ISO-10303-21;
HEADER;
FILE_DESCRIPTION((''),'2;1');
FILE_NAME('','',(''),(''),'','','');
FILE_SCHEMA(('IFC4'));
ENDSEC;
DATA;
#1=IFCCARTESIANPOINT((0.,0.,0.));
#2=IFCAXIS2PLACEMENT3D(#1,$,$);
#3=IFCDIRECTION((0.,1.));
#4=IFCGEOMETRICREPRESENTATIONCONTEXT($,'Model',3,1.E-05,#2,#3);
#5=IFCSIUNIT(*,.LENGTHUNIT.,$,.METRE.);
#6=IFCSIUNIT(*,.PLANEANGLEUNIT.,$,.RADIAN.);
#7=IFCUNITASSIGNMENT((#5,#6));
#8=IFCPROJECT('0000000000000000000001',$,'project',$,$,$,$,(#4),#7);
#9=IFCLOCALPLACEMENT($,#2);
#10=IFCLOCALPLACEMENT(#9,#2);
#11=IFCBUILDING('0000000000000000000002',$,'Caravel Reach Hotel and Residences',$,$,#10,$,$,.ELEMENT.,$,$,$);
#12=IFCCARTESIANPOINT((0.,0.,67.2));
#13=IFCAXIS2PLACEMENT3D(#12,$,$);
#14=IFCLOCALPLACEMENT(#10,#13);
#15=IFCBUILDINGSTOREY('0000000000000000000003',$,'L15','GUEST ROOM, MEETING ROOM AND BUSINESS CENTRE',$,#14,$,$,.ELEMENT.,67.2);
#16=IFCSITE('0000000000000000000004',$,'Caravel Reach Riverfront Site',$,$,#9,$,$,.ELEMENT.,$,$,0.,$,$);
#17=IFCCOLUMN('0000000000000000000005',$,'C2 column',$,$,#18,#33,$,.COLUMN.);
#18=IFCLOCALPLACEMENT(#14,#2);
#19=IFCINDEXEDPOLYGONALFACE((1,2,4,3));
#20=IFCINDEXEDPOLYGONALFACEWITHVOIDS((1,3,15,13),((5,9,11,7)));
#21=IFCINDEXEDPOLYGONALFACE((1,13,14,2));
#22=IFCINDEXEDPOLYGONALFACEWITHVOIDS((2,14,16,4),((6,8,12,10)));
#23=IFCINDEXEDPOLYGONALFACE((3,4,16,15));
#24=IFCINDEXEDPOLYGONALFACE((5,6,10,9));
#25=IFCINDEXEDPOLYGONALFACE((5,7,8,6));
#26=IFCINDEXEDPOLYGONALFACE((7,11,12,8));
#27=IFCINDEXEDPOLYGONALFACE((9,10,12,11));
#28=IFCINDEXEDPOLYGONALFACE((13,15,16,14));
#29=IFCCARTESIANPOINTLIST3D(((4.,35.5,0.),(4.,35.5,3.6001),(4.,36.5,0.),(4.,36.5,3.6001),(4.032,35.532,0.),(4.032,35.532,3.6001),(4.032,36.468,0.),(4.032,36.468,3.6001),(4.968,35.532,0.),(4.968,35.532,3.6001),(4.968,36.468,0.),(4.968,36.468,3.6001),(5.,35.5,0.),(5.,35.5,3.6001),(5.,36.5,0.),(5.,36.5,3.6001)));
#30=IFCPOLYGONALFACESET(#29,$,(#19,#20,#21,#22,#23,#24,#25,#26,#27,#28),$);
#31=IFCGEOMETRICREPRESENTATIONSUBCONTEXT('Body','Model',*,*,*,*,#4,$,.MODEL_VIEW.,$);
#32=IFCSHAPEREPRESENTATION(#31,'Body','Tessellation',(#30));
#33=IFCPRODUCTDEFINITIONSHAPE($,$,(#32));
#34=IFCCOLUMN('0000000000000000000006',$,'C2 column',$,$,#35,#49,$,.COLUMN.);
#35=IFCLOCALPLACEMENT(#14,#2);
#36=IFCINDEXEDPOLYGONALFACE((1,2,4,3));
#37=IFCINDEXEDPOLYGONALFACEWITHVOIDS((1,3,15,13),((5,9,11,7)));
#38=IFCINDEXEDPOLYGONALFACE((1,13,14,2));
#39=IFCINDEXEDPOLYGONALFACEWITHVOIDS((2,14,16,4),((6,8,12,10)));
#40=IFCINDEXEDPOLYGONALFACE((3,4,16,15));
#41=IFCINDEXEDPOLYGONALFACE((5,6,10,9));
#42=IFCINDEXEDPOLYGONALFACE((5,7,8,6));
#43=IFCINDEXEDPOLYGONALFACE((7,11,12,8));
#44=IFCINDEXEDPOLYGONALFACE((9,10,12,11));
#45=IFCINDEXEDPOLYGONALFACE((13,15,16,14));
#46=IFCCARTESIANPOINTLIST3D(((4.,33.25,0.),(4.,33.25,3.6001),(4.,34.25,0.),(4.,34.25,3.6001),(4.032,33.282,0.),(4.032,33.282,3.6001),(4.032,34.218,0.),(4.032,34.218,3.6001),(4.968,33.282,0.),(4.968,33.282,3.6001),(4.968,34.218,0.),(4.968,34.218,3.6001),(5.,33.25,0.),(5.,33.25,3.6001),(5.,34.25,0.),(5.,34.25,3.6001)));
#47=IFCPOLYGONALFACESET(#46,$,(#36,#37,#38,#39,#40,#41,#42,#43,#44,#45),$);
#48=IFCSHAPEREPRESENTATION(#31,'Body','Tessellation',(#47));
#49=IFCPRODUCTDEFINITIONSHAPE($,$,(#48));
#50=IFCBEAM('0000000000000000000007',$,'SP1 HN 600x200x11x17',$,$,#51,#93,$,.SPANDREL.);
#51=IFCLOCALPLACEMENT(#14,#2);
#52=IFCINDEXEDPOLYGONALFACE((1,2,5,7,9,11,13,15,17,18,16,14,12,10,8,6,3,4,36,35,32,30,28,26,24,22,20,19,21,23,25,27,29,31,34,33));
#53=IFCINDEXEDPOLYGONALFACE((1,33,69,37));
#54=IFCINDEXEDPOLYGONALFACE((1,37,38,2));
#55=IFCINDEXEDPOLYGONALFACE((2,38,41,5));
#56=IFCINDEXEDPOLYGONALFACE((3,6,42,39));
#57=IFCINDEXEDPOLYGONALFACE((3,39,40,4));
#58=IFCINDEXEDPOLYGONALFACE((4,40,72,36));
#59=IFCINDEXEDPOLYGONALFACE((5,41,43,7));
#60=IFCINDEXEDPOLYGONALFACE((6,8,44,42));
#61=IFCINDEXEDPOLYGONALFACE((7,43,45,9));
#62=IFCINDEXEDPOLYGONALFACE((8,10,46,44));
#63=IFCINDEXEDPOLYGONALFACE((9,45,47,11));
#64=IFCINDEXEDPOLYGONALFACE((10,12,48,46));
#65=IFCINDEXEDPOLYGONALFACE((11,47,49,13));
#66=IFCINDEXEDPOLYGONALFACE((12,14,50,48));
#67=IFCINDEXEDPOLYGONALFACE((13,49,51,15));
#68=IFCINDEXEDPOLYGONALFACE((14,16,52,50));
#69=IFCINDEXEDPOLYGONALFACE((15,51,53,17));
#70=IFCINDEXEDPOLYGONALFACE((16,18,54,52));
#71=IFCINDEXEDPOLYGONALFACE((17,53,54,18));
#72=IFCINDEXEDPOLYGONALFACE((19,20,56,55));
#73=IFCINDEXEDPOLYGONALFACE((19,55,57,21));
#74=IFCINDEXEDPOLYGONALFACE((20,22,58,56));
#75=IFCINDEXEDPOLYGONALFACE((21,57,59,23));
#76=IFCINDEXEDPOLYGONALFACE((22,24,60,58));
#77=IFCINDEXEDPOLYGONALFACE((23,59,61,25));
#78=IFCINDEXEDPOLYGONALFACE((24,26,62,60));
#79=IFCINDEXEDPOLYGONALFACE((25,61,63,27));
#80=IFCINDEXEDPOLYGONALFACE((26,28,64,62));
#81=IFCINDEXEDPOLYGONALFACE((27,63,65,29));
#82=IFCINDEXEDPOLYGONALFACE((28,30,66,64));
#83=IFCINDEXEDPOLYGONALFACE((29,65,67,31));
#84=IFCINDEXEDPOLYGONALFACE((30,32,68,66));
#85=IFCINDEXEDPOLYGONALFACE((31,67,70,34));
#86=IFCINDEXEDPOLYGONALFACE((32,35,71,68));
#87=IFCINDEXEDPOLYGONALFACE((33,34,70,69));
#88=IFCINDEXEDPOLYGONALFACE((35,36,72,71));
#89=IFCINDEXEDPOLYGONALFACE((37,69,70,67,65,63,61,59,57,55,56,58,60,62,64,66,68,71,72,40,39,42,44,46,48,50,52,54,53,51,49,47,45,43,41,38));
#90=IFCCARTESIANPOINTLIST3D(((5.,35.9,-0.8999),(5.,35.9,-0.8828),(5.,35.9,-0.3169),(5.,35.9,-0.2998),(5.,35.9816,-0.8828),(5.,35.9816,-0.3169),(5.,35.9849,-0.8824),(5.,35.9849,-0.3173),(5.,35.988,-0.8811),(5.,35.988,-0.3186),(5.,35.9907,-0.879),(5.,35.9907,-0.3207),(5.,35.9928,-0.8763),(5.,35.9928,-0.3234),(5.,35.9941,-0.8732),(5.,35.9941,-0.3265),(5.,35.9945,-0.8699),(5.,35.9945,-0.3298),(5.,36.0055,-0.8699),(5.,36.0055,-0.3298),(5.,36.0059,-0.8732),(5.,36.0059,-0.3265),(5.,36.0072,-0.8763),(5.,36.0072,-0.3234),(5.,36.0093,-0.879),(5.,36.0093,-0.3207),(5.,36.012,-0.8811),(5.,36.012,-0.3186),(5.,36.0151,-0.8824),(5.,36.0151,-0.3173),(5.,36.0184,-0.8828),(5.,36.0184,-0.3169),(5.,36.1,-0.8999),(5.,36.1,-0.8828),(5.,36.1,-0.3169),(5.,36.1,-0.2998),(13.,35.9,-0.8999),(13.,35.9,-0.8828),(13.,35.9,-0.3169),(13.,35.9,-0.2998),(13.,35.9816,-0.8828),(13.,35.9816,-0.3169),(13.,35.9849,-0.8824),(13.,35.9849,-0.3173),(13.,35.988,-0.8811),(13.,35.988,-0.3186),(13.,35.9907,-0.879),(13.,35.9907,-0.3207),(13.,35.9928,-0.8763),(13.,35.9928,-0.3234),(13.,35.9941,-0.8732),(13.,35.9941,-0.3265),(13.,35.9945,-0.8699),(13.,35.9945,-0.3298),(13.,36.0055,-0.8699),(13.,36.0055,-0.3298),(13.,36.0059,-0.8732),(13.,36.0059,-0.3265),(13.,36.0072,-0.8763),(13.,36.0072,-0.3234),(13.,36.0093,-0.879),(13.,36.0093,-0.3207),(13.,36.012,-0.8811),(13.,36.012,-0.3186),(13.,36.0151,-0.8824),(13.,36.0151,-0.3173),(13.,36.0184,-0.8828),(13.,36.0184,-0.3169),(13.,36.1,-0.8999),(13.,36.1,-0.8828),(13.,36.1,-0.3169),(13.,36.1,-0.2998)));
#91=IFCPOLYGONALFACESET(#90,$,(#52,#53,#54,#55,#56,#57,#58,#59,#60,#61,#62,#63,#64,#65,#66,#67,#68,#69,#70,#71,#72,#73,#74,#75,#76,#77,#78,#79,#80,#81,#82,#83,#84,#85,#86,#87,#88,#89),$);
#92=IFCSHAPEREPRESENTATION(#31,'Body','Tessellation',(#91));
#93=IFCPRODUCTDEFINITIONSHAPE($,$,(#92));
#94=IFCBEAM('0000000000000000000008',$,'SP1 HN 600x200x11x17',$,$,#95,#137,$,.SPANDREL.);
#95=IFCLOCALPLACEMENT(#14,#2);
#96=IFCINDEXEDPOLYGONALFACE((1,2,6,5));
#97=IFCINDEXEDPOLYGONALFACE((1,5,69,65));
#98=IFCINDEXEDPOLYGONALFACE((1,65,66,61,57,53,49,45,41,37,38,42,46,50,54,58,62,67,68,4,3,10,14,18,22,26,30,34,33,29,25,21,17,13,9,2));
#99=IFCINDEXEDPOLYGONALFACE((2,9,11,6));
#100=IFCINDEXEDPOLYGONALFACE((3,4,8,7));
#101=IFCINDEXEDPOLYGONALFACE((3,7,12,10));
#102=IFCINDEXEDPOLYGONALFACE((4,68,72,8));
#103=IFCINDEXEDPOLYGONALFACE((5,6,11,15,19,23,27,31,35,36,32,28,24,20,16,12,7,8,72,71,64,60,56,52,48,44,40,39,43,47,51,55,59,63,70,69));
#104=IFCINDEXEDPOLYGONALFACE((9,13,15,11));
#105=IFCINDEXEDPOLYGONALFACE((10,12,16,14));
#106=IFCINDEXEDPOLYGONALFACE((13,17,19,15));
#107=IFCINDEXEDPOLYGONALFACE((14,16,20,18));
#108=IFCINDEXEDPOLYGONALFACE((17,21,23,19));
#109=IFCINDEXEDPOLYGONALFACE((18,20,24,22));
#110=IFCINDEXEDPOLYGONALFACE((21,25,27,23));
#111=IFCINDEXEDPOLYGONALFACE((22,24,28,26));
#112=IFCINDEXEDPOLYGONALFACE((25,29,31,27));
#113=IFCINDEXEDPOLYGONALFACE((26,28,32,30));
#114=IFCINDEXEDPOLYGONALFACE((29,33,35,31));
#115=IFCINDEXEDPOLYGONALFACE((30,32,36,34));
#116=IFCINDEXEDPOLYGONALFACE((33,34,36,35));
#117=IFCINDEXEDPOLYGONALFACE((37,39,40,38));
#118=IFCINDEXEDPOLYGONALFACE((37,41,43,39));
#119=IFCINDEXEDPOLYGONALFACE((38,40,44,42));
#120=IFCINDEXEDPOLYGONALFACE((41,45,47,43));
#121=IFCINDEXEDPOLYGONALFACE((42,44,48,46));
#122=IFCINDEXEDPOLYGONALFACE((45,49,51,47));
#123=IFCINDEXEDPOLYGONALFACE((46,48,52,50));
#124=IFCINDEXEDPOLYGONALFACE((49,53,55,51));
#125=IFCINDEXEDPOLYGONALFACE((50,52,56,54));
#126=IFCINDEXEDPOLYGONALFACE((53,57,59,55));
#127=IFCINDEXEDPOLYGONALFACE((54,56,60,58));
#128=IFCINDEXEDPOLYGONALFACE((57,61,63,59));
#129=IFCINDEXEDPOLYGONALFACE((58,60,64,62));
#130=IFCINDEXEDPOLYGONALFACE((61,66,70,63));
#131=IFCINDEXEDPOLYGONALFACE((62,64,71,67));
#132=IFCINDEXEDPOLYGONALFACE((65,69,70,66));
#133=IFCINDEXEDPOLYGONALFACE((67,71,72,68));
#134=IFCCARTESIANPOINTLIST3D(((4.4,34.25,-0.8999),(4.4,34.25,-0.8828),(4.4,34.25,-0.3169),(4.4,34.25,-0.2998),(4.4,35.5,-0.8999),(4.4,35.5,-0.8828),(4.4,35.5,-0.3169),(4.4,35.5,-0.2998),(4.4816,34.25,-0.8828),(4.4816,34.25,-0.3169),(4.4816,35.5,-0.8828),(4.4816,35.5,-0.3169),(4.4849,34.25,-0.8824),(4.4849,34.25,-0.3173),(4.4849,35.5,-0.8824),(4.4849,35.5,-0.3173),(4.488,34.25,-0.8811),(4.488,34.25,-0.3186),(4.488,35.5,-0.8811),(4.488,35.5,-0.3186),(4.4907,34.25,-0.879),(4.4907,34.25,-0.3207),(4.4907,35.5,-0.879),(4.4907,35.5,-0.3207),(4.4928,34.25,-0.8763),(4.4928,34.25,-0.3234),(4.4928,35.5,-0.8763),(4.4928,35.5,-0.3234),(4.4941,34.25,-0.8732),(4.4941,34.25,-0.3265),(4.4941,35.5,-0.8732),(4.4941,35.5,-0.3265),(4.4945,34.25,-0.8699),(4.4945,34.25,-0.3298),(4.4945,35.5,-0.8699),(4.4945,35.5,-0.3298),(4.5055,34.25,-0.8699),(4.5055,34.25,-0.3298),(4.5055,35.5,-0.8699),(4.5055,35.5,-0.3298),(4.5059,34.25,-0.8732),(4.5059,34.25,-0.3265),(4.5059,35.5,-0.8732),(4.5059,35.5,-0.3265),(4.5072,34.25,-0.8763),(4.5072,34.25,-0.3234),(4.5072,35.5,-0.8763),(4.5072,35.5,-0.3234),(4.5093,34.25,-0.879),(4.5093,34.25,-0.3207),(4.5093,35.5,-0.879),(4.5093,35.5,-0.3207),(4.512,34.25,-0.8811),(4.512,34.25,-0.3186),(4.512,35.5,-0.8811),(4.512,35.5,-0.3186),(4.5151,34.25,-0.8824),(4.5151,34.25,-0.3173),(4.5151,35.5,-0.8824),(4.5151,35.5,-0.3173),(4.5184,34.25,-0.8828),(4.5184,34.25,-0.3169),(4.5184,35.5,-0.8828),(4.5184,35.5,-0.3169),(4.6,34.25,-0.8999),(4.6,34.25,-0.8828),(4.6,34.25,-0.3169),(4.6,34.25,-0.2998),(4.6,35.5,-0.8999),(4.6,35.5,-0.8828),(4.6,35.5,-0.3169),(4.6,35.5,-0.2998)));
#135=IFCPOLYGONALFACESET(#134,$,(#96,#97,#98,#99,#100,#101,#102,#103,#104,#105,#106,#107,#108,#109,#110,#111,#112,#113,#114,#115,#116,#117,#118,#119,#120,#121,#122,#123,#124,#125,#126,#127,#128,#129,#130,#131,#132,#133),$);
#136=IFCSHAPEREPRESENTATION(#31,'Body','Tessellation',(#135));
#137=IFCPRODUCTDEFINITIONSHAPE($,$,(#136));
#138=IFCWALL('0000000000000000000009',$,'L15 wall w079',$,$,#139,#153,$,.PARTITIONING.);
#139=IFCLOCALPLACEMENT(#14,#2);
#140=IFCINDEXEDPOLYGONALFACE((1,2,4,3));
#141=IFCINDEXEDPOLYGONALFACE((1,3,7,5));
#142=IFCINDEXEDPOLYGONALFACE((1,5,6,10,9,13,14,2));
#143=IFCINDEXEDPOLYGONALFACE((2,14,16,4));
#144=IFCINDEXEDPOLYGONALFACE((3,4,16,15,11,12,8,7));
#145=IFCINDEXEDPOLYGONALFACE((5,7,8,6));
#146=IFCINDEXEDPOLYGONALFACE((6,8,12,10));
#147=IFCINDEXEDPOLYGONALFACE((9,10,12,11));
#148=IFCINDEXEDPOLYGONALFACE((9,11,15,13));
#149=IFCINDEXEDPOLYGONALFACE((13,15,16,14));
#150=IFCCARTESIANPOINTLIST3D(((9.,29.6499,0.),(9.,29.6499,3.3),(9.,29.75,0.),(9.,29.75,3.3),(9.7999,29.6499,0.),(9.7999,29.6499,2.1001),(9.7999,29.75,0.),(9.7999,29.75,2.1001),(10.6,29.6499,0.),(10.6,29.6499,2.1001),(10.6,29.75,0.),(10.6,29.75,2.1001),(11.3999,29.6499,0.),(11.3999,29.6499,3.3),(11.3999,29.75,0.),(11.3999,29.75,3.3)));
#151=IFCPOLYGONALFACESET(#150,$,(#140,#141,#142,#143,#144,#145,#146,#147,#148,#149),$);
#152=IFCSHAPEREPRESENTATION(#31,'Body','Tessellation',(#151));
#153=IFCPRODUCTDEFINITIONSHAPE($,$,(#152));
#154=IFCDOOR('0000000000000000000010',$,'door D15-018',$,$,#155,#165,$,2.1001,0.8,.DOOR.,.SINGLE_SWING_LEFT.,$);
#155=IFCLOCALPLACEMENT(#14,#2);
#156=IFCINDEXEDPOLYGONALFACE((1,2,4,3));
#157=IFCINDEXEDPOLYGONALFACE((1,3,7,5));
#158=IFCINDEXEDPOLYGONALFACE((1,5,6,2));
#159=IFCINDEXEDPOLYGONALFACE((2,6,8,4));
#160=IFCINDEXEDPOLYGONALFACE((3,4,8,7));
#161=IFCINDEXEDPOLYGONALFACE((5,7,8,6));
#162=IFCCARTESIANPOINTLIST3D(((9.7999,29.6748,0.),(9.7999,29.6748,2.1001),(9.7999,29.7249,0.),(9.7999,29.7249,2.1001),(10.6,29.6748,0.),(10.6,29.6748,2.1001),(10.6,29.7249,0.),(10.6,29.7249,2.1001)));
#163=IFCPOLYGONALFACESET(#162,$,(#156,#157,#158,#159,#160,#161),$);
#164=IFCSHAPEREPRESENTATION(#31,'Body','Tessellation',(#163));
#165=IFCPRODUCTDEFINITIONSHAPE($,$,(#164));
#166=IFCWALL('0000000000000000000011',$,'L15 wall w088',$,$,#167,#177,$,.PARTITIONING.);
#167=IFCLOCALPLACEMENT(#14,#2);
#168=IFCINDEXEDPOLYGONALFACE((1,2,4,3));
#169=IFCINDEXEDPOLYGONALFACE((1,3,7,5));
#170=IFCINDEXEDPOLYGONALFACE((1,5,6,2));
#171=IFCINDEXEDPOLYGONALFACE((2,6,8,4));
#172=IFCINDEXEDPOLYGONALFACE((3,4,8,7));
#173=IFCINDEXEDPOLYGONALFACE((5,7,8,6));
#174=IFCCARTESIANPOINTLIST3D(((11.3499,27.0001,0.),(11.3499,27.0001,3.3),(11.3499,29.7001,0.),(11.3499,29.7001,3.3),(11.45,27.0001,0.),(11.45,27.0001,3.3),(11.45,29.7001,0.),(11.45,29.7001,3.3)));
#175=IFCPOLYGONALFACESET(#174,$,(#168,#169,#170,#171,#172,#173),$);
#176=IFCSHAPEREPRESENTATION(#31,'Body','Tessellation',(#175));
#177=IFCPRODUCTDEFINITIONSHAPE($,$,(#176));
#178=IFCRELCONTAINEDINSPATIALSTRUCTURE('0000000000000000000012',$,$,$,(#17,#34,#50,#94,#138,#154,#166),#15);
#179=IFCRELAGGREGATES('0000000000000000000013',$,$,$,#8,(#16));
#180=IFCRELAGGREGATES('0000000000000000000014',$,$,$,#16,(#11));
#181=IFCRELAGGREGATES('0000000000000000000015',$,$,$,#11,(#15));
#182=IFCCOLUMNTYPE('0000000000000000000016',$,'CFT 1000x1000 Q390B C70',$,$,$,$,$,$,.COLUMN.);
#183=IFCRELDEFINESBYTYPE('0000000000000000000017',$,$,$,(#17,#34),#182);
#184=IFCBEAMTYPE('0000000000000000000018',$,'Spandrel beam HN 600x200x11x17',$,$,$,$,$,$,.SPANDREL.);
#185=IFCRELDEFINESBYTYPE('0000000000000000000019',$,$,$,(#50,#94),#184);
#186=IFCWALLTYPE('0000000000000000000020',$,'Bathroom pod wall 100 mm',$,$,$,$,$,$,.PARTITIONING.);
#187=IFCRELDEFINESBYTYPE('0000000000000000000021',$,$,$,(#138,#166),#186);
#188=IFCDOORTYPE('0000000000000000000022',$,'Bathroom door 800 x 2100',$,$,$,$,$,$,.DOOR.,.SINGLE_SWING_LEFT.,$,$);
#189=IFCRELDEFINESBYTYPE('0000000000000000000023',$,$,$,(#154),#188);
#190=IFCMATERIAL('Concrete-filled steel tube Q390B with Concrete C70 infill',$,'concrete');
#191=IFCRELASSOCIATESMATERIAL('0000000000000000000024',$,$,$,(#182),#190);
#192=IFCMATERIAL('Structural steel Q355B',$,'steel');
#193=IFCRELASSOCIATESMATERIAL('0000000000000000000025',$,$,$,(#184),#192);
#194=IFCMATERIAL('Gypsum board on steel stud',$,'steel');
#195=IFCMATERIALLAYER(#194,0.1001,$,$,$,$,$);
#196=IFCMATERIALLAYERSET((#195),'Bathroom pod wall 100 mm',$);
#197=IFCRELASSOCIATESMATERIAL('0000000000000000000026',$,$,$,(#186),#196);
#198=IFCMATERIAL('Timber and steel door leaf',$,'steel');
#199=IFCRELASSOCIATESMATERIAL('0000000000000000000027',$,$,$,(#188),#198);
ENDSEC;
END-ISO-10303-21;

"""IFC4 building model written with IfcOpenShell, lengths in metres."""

from ifc_helpers import new_model, si_unit, direction, frame, frame_2d, origin, origin_2d, place, context, subcontext, project, spatial, rectangle, hollow_rectangle, i_section, extrude, material, layer, layer_set, material_profile, profile_set, type_object, element, fill, save


model = new_model("IFC4")

# Units and contexts
model_context = context("Model", 3, precision=1e-05, world=origin(), true_north=direction((0.0, 1.0)))
body_context = subcontext(model_context, "Body", "Model", "MODEL_VIEW")
ifc_project = project(units=[si_unit("LENGTHUNIT", "METRE"), si_unit("PLANEANGLEUNIT", "RADIAN")], contexts=[model_context])

# Site, building, storey
site_placement = place(None, origin())
site = spatial("IfcSite", under=ifc_project, at=site_placement, Name="Caravel Reach Riverfront Site", CompositionType="ELEMENT", RefElevation=0.0)
building_placement = place(site_placement, origin())
building = spatial("IfcBuilding", under=site, at=building_placement, Name="Caravel Reach Hotel and Residences", CompositionType="ELEMENT")
storey_placement = place(building_placement, frame((0.0, 0.0, 67.2)))
storey = spatial("IfcBuildingStorey", under=building, at=storey_placement, Name="L15", Description="GUEST ROOM, MEETING ROOM AND BUSINESS CENTRE", CompositionType="ELEMENT", Elevation=67.2)

# Columns
ifc_material_1 = material(Name="Concrete-filled steel tube Q390B with Concrete C70 infill", Category="concrete")
ifc_material_profile_1 = material_profile(ifc_material_1, hollow_rectangle(XDim=1.0, YDim=1.0, WallThickness=0.032, at=origin_2d()), Name="RHS 1000x1000x32")
ifc_profile_set_1 = profile_set([ifc_material_profile_1], Name="Concrete-filled steel tube Q390B with Concrete C70 infill")
column_type = type_object("IfcColumnType", Name="CFT 1000x1000 Q390B C70", PredefinedType="COLUMN", material=ifc_profile_set_1)
for number, where, z_axis, x_axis, name in (
    (1, (4.5, 36.0, 0.0), (0.0, 0.0, 1.0), (1.0, 0.0, 0.0), "C2 column"),
    (2, (4.5, 33.75, 0.0), (0.0, 0.0, 1.0), (1.0, 0.0, 0.0), "C2 column"),
):
    element("IfcColumn", number, at=place(storey_placement, frame(where, z_axis=z_axis, x_axis=x_axis)), inside=storey, type_object=column_type, Name=name, PredefinedType="COLUMN", context=body_context, shape_type="SweptSolid", body=[
        extrude(hollow_rectangle(XDim=1.0, YDim=1.0, WallThickness=0.032, at=origin_2d()), origin(), (0.0, 0.0, 1.0), 3.6001),
    ])

# Beams
ifc_material_2 = material(Name="Structural steel Q355B", Category="steel")
ifc_material_profile_2 = material_profile(ifc_material_2, i_section(OverallWidth=0.2, OverallDepth=0.6001, WebThickness=0.011, FlangeThickness=0.0171, FilletRadius=0.0129, at=origin_2d()), Name="HN 600x200x11x17")
ifc_profile_set_2 = profile_set([ifc_material_profile_2], Name="Structural steel Q355B")
beam_type = type_object("IfcBeamType", Name="Spandrel beam HN 600x200x11x17", PredefinedType="SPANDREL", material=ifc_profile_set_2)
beam_1_placement = place(storey_placement, frame((13.0, 36.0, -0.5999), z_axis=(-1.0, 0.0, 0.0), x_axis=(0.0, -1.0, 0.0)))
element("IfcBeam", 3, at=beam_1_placement, inside=storey, type_object=beam_type, Name="SP1 HN 600x200x11x17", PredefinedType="SPANDREL", context=body_context, shape_type="SweptSolid", body=[
    extrude(i_section(OverallWidth=0.2, OverallDepth=0.6001, WebThickness=0.011, FlangeThickness=0.0171, FilletRadius=0.0129, at=origin_2d()), origin(), (0.0, 0.0, 1.0), 8.0),
])
beam_2_placement = place(storey_placement, frame((4.5, 35.5, -0.5999), z_axis=(0.0, -1.0, 0.0), x_axis=(1.0, 0.0, 0.0)))
element("IfcBeam", 4, at=beam_2_placement, inside=storey, type_object=beam_type, Name="SP1 HN 600x200x11x17", PredefinedType="SPANDREL", context=body_context, shape_type="SweptSolid", body=[
    extrude(i_section(OverallWidth=0.2, OverallDepth=0.6001, WebThickness=0.011, FlangeThickness=0.0171, FilletRadius=0.0129, at=origin_2d()), origin(), (0.0, 0.0, 1.0), 1.25),
])

# Wall, opening, door
ifc_material_3 = material(Name="Gypsum board on steel stud", Category="steel")
ifc_layer_1 = layer(ifc_material_3, 0.1001)
ifc_layer_set_1 = layer_set([ifc_layer_1], Name="Bathroom pod wall 100 mm")
wall_type_1 = type_object("IfcWallType", Name="Bathroom pod wall 100 mm", PredefinedType="PARTITIONING", material=ifc_layer_set_1)
wall_1_placement = place(storey_placement, frame((9.0, 29.7, 0.0), z_axis=(0.0, 0.0, 1.0), x_axis=(1.0, 0.0, 0.0)))
wall_1 = element("IfcWall", 5, at=wall_1_placement, inside=storey, type_object=wall_type_1, Name="L15 wall w079", PredefinedType="PARTITIONING", context=body_context, shape_type="SweptSolid", body=[
    extrude(rectangle(XDim=2.3999, YDim=0.1001, at=frame_2d((1.2, 0.0))), origin(), (0.0, 0.0, 1.0), 3.3),
])
opening_1_placement = place(wall_1_placement, frame((0.8, 0.0, 0.0)))
opening_1 = element("IfcOpeningElement", 6, at=opening_1_placement, cuts=wall_1, PredefinedType="OPENING", context=body_context, shape_type="SweptSolid", body=[
    extrude(rectangle(XDim=0.8, YDim=2.1001, at=frame_2d((0.3999, 1.05))), frame((0.0, 0.0601, 0.0), z_axis=(0.0, -1.0, 0.0), x_axis=(1.0, 0.0, 0.0)), (0.0, 0.0, 1.0), 0.1201),
])
ifc_material_4 = material(Name="Timber and steel door leaf", Category="steel")
door_type_1 = type_object("IfcDoorType", Name="Bathroom door 800 x 2100", OperationType="SINGLE_SWING_LEFT", PredefinedType="DOOR", material=ifc_material_4)
door_1_placement = place(opening_1_placement, origin())
door_1 = element("IfcDoor", 7, at=door_1_placement, inside=storey, type_object=door_type_1, Name="door D15-018", OperationType="SINGLE_SWING_LEFT", OverallHeight=2.1001, OverallWidth=0.8, PredefinedType="DOOR", context=body_context, shape_type="SweptSolid", body=[
    extrude(rectangle(XDim=0.8, YDim=2.1001, at=frame_2d((0.3999, 1.05))), frame((0.0, 0.0249, 0.0), z_axis=(0.0, -1.0, 0.0), x_axis=(1.0, 0.0, 0.0)), (0.0, 0.0, 1.0), 0.05),
])
fill(opening_1, door_1)

# Wall
wall_2_placement = place(storey_placement, frame((11.3999, 27.0, 0.0), z_axis=(0.0, 0.0, 1.0), x_axis=(0.0, 1.0, 0.0)))
element("IfcWall", 8, at=wall_2_placement, inside=storey, type_object=wall_type_1, Name="L15 wall w088", PredefinedType="PARTITIONING", context=body_context, shape_type="SweptSolid", body=[
    extrude(rectangle(XDim=2.7, YDim=0.1001, at=frame_2d((1.3501, 0.0))), origin(), (0.0, 0.0, 1.0), 3.3),
])

save(model, "model.ifc")
